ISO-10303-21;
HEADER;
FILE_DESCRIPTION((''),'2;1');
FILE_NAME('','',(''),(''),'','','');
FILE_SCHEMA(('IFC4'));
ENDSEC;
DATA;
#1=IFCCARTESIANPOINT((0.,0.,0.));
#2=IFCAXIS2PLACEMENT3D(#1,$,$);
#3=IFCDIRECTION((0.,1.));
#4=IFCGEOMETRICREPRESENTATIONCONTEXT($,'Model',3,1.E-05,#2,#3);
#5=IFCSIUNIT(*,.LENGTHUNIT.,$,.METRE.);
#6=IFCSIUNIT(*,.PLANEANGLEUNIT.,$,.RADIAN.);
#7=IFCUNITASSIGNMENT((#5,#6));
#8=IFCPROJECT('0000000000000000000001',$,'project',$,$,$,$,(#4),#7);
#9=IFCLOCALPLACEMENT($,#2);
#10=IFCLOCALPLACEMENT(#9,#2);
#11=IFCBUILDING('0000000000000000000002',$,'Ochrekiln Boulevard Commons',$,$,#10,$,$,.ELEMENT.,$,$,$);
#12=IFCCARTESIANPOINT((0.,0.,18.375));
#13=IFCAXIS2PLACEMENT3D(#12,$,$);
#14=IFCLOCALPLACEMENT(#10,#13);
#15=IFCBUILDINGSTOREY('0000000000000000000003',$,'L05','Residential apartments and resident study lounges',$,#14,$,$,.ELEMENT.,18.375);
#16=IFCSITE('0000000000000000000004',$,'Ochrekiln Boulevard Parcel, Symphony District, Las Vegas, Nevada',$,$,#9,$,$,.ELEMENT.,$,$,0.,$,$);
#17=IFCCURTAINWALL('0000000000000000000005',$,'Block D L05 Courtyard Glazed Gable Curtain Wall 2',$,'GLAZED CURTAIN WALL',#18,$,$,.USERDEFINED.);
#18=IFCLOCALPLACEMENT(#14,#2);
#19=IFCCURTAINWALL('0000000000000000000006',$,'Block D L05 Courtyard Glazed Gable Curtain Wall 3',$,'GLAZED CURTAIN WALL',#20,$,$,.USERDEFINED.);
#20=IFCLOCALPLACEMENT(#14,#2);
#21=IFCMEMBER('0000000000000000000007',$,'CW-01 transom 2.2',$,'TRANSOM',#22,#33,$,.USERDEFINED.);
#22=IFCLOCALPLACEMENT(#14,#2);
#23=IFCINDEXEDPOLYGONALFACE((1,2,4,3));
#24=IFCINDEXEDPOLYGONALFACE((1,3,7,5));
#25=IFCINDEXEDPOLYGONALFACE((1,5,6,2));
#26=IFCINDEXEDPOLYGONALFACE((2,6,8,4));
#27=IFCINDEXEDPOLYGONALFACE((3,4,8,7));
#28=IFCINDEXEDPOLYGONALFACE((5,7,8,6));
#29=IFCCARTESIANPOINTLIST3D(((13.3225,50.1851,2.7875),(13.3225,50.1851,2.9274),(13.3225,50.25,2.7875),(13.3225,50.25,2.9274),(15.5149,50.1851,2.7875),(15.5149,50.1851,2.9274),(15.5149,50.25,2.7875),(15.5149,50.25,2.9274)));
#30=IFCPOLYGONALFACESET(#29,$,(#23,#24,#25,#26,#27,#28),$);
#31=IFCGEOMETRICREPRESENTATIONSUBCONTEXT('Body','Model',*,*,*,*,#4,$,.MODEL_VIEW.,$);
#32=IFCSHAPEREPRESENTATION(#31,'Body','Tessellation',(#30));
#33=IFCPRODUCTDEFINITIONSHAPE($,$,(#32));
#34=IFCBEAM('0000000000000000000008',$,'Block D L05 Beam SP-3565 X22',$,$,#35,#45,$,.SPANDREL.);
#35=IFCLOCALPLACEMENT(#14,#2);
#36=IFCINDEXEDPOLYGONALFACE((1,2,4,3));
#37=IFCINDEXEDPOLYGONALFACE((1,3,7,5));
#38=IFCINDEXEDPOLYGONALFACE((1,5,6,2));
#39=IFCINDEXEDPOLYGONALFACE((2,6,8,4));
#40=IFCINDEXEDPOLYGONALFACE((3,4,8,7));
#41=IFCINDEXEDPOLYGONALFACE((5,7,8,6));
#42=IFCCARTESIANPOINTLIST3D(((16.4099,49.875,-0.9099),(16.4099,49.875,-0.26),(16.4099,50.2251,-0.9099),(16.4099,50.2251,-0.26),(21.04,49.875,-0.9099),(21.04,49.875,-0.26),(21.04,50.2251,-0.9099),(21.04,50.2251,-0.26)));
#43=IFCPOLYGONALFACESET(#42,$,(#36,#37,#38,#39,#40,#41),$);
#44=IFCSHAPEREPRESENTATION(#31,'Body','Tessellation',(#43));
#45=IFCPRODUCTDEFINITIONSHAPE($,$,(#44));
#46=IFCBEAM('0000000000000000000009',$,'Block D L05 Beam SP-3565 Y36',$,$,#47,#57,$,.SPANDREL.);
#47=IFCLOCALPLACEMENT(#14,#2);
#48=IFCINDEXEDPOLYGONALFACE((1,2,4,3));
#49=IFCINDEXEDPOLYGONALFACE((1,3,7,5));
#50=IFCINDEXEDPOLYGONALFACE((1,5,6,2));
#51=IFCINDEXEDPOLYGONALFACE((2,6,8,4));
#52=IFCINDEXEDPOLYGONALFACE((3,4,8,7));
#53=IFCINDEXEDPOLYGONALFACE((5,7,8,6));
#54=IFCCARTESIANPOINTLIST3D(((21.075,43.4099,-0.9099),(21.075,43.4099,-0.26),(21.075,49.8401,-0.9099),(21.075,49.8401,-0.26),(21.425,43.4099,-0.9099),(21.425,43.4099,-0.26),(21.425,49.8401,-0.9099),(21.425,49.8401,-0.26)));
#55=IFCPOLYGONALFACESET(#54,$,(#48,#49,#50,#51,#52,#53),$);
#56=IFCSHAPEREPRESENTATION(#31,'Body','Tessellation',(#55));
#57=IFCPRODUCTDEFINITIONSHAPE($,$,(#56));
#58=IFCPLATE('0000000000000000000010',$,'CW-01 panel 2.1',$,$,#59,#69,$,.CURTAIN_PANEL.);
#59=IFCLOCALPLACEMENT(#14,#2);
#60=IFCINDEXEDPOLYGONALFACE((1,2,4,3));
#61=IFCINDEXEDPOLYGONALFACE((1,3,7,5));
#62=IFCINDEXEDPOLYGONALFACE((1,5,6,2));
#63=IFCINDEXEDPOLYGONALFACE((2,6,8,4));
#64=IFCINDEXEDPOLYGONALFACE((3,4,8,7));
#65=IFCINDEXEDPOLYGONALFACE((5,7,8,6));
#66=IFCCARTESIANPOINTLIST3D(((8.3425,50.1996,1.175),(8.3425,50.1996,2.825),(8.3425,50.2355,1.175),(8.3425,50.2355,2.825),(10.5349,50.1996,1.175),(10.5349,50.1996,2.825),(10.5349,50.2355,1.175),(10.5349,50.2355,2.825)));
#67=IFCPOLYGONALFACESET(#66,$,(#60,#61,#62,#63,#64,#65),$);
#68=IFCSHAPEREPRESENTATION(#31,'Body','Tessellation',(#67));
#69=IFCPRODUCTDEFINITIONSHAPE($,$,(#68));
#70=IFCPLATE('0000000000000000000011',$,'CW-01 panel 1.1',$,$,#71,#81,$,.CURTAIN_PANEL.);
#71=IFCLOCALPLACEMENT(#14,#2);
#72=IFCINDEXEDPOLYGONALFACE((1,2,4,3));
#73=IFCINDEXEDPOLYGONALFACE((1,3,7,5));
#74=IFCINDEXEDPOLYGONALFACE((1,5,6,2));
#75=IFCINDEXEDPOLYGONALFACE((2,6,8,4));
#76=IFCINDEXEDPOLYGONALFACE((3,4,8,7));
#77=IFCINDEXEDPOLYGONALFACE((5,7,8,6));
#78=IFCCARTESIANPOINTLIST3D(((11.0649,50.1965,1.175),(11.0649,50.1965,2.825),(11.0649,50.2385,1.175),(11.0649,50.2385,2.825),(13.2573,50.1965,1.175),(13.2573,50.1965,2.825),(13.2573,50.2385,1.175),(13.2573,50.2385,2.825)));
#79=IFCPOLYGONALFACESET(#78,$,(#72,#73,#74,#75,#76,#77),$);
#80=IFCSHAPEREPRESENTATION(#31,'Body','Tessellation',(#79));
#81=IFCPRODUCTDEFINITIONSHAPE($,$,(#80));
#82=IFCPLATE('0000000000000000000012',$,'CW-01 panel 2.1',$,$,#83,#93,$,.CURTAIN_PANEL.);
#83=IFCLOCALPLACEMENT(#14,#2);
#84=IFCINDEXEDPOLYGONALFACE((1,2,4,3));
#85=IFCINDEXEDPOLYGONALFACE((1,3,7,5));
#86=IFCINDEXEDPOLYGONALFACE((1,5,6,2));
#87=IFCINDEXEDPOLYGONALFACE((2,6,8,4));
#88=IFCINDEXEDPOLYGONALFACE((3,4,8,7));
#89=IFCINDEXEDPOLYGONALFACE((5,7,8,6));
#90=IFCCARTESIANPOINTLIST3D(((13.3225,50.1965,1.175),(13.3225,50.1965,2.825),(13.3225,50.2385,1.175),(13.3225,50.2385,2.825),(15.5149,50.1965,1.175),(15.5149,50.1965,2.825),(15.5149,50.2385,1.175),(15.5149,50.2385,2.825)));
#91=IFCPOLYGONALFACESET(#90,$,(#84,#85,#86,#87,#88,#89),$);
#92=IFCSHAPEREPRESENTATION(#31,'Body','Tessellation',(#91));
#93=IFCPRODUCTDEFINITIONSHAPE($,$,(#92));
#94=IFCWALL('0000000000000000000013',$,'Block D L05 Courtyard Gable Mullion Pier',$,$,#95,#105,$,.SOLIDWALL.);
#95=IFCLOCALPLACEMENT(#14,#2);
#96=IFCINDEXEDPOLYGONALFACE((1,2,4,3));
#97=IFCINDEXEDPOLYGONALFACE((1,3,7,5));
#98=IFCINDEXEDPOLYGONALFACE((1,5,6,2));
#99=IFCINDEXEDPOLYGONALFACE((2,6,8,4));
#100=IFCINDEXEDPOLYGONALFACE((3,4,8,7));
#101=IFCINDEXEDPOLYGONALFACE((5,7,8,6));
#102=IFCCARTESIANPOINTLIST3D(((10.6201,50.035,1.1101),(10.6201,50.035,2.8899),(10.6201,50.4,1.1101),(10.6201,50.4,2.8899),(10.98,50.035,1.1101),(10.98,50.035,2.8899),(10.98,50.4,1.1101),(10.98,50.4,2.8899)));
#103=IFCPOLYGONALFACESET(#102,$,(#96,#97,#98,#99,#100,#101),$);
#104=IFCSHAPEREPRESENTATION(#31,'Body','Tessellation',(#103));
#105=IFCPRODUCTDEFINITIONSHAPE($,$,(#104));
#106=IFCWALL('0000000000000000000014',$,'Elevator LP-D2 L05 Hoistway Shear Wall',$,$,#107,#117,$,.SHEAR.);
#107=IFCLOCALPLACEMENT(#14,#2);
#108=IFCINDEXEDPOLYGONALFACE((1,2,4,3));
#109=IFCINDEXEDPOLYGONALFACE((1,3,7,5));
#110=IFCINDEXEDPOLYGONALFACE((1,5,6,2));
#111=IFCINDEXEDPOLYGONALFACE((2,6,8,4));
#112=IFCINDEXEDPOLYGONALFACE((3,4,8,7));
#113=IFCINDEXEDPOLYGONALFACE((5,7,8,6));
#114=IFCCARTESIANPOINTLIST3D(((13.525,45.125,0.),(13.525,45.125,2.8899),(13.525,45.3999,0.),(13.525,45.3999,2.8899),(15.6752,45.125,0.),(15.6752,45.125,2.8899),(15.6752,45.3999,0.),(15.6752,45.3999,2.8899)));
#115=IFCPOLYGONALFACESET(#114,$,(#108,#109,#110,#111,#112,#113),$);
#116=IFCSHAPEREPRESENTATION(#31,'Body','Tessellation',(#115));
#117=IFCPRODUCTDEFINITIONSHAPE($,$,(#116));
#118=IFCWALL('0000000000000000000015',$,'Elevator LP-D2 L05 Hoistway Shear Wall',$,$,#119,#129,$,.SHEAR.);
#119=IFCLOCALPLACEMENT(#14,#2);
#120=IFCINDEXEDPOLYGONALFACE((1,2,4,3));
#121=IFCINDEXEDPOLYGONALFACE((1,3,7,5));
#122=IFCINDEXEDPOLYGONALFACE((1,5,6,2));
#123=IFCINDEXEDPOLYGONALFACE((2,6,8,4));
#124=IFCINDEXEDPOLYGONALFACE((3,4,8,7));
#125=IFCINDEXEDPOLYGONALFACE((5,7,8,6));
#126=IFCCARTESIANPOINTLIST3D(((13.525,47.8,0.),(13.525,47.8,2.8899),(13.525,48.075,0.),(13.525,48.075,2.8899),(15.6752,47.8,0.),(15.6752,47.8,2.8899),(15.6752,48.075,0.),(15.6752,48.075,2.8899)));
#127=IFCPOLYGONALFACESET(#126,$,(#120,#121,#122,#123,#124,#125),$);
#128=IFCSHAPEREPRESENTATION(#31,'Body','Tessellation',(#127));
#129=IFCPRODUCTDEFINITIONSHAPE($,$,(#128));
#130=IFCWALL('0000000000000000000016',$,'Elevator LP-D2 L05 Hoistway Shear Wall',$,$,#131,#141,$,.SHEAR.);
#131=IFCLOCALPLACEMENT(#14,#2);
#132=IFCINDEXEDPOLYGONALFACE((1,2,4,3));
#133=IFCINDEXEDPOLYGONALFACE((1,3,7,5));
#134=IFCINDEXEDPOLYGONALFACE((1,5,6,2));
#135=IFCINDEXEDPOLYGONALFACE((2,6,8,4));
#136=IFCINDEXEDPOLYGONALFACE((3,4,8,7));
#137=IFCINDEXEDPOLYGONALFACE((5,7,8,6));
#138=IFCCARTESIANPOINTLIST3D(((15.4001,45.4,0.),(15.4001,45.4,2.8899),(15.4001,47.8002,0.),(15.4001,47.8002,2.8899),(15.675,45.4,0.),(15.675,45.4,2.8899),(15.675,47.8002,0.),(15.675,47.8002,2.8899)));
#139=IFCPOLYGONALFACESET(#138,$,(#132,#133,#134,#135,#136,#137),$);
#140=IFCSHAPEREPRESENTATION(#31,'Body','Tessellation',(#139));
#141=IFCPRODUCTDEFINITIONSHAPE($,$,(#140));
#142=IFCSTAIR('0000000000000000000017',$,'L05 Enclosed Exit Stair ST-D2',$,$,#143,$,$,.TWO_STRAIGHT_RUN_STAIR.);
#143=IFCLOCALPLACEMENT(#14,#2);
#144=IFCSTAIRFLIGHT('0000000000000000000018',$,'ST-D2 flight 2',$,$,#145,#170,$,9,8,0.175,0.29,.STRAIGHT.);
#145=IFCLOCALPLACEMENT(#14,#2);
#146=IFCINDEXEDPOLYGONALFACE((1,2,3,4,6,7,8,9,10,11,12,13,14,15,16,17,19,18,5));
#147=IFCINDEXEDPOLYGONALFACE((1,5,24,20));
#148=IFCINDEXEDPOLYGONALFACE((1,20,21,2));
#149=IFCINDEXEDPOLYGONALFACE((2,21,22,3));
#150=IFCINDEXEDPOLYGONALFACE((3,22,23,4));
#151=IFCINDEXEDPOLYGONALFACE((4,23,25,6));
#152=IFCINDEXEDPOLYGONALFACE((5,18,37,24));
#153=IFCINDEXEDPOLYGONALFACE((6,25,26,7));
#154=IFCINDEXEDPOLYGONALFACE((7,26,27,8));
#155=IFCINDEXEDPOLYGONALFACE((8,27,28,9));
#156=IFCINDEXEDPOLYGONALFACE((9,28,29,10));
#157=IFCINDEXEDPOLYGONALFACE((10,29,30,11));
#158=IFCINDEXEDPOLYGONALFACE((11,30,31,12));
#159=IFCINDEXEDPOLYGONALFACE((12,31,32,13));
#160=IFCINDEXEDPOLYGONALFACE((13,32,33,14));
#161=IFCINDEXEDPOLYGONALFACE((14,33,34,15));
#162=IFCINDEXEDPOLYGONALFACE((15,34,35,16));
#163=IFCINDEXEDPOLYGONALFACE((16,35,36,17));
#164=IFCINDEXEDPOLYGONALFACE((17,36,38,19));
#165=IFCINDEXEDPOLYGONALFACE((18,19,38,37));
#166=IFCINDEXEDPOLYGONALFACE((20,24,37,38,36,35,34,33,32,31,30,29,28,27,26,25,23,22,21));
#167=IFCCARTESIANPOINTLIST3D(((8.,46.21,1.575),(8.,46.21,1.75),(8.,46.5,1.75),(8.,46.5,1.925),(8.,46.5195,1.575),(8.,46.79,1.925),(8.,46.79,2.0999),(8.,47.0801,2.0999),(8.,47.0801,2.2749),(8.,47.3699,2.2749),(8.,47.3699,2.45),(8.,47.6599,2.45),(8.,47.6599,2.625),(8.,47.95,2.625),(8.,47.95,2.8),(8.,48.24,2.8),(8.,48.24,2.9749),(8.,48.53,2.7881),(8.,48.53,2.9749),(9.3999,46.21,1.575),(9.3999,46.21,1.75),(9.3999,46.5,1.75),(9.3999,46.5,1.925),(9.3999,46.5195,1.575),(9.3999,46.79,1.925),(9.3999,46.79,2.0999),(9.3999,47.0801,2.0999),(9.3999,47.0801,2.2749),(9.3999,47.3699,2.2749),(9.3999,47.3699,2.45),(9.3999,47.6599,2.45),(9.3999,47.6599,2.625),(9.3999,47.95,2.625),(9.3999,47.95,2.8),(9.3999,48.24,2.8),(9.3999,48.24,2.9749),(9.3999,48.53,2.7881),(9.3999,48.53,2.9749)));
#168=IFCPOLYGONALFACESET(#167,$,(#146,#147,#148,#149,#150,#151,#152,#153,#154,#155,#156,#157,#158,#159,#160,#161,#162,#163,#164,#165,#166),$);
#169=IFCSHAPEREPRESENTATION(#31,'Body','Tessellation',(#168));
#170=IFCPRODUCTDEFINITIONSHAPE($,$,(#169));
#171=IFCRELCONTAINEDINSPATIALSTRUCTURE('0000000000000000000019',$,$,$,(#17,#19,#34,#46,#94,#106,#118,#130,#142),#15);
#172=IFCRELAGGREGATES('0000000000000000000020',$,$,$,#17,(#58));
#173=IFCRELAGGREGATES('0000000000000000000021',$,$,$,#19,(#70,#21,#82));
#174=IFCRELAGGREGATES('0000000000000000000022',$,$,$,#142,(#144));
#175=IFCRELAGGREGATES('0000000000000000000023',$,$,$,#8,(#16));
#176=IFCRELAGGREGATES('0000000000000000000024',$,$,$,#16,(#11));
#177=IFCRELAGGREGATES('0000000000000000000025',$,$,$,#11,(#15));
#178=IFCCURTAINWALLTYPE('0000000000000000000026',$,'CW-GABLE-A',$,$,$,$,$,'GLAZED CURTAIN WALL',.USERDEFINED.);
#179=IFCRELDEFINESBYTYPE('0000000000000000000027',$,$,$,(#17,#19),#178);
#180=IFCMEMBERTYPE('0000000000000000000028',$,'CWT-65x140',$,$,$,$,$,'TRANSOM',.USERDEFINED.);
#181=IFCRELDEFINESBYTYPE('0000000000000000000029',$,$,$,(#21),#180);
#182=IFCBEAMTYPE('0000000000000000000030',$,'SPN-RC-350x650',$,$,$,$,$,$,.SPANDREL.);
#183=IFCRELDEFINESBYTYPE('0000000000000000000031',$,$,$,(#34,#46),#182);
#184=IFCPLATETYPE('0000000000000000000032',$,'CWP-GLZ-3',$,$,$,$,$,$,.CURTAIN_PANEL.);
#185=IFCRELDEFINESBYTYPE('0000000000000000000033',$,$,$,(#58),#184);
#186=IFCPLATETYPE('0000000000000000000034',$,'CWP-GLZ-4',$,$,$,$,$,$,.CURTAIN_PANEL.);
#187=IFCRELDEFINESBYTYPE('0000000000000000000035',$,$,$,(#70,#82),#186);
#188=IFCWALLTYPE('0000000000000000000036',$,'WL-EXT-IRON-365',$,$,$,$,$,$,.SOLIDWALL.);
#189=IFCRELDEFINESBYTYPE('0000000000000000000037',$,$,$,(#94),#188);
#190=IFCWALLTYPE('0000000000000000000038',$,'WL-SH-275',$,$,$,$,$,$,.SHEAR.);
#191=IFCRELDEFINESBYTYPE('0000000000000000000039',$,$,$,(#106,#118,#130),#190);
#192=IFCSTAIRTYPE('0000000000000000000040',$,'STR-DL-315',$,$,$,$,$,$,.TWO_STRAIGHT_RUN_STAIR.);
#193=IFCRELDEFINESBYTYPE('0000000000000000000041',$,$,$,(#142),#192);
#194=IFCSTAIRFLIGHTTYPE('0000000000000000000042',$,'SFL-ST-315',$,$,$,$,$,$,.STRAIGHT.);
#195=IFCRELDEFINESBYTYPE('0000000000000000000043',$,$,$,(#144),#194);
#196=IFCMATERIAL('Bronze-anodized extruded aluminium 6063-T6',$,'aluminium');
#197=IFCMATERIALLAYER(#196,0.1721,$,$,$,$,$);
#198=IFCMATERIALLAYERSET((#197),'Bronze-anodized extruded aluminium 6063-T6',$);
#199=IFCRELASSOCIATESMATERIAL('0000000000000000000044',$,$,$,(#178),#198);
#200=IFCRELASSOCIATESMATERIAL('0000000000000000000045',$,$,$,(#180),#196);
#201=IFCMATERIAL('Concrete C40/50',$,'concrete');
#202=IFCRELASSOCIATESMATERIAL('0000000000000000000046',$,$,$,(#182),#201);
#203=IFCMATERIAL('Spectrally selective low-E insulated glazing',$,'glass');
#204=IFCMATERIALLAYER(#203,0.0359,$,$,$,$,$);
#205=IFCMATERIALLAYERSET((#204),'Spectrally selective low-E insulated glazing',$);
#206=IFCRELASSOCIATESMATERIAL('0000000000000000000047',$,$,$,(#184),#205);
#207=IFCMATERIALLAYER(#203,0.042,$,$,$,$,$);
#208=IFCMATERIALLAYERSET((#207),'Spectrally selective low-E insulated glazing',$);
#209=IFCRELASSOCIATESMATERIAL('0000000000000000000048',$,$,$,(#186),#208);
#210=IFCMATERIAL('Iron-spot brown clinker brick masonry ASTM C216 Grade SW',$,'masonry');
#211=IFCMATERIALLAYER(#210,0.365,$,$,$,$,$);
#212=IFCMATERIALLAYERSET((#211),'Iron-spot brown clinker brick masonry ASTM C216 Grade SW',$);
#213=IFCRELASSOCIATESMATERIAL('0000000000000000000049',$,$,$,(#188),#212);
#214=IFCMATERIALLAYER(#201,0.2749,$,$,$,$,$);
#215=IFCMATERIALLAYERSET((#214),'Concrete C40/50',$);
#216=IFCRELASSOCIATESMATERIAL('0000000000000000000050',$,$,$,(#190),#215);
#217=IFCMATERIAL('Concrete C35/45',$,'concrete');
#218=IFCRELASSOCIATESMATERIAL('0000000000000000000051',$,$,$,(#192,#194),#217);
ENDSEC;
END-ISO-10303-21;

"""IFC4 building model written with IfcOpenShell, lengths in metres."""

from ifc_helpers import new_model, si_unit, direction, frame, frame_2d, origin, origin_2d, place, context, subcontext, project, spatial, polyline, rectangle, outline, extrude, material, layer, layer_set, material_profile, profile_set, type_object, element, aggregate, save


model = new_model("IFC4")

# Units and contexts
model_context = context("Model", 3, precision=1e-05, world=origin(), true_north=direction((0.0, 1.0)))
body_context = subcontext(model_context, "Body", "Model", "MODEL_VIEW")
ifc_project = project(units=[si_unit("LENGTHUNIT", "METRE"), si_unit("PLANEANGLEUNIT", "RADIAN")], contexts=[model_context])

# Site, building, storey
site_placement = place(None, origin())
site = spatial("IfcSite", under=ifc_project, at=site_placement, Name="Ochrekiln Boulevard Parcel, Symphony District, Las Vegas, Nevada", CompositionType="ELEMENT", RefElevation=0.0)
building_placement = place(site_placement, origin())
building = spatial("IfcBuilding", under=site, at=building_placement, Name="Ochrekiln Boulevard Commons", CompositionType="ELEMENT")
storey_placement = place(building_placement, frame((0.0, 0.0, 18.375)))
storey = spatial("IfcBuildingStorey", under=building, at=storey_placement, Name="L05", Description="Residential apartments and resident study lounges", CompositionType="ELEMENT", Elevation=18.375)

# Shared definitions
ifc_material_1 = material(Name="Concrete C40/50", Category="concrete")

# Shared definitions
ifc_material_2 = material(Name="Concrete C35/45", Category="concrete")

# Curtain walls
ifc_material_3 = material(Name="Bronze-anodized extruded aluminium 6063-T6", Category="aluminium")
ifc_layer_1 = layer(ifc_material_3, 0.1721)
ifc_layer_set_1 = layer_set([ifc_layer_1], Name="Bronze-anodized extruded aluminium 6063-T6")
curtain_wall_type = type_object("IfcCurtainWallType", Name="CW-GABLE-A", ElementType="GLAZED CURTAIN WALL", PredefinedType="USERDEFINED", material=ifc_layer_set_1)
curtain_wall_1_placement = place(storey_placement, origin())
curtain_wall_1 = element("IfcCurtainWall", 1, at=curtain_wall_1_placement, inside=storey, type_object=curtain_wall_type, Name="Block D L05 Courtyard Glazed Gable Curtain Wall 2", ObjectType="GLAZED CURTAIN WALL", PredefinedType="USERDEFINED")
curtain_wall_2_placement = place(storey_placement, origin())
curtain_wall_2 = element("IfcCurtainWall", 2, at=curtain_wall_2_placement, inside=storey, type_object=curtain_wall_type, Name="Block D L05 Courtyard Glazed Gable Curtain Wall 3", ObjectType="GLAZED CURTAIN WALL", PredefinedType="USERDEFINED")

# Member
ifc_material_profile_1 = material_profile(ifc_material_3, rectangle(XDim=0.0649, YDim=0.1399, at=origin_2d()), Name="ALU-TRN-65x140")
ifc_profile_set_1 = profile_set([ifc_material_profile_1], Name="Bronze-anodized extruded aluminium 6063-T6")
member_type_1 = type_object("IfcMemberType", Name="CWT-65x140", ElementType="TRANSOM", PredefinedType="USERDEFINED", material=ifc_profile_set_1)
member_1_placement = place(storey_placement, frame((13.3225, 50.2175, 2.8574), z_axis=(1.0, 0.0, 0.0), x_axis=(0.0, 1.0, 0.0)))
member_1 = element("IfcMember", 3, at=member_1_placement, type_object=member_type_1, Name="CW-01 transom 2.2", ObjectType="TRANSOM", PredefinedType="USERDEFINED", context=body_context, shape_type="SweptSolid", body=[
    extrude(rectangle(XDim=0.0649, YDim=0.1399, at=origin_2d()), origin(), (0.0, 0.0, 1.0), 2.1924),
])

# Beams
ifc_material_profile_2 = material_profile(ifc_material_1, rectangle(XDim=0.3501, YDim=0.6499, at=origin_2d()), Name="RC-SPN-350x650")
ifc_profile_set_2 = profile_set([ifc_material_profile_2], Name="Concrete C40/50")
beam_type_1 = type_object("IfcBeamType", Name="SPN-RC-350x650", PredefinedType="SPANDREL", material=ifc_profile_set_2)
beam_1_placement = place(storey_placement, frame((16.4099, 50.05, -0.585), z_axis=(1.0, 0.0, 0.0), x_axis=(0.0, 1.0, 0.0)))
element("IfcBeam", 4, at=beam_1_placement, inside=storey, type_object=beam_type_1, Name="Block D L05 Beam SP-3565 X22", PredefinedType="SPANDREL", context=body_context, shape_type="SweptSolid", body=[
    extrude(rectangle(XDim=0.3501, YDim=0.6499, at=origin_2d()), origin(), (0.0, 0.0, 1.0), 4.6301),
])
beam_2_placement = place(storey_placement, frame((21.25, 43.4099, -0.585), z_axis=(0.0, 1.0, 0.0), x_axis=(-1.0, 0.0, 0.0)))
element("IfcBeam", 5, at=beam_2_placement, inside=storey, type_object=beam_type_1, Name="Block D L05 Beam SP-3565 Y36", PredefinedType="SPANDREL", context=body_context, shape_type="SweptSolid", body=[
    extrude(rectangle(XDim=0.3501, YDim=0.6499, at=origin_2d()), origin(), (0.0, 0.0, 1.0), 6.4302),
])

# Plates
ifc_material_4 = material(Name="Spectrally selective low-E insulated glazing", Category="glass")
ifc_layer_2 = layer(ifc_material_4, 0.0359)
ifc_layer_set_2 = layer_set([ifc_layer_2], Name="Spectrally selective low-E insulated glazing")
plate_type_1 = type_object("IfcPlateType", Name="CWP-GLZ-3", PredefinedType="CURTAIN_PANEL", material=ifc_layer_set_2)
plate_1_placement = place(storey_placement, frame((9.4387, 50.2175, 1.175), z_axis=(0.0, 0.0, 1.0), x_axis=(1.0, 0.0, 0.0)))
plate_1 = element("IfcPlate", 6, at=plate_1_placement, type_object=plate_type_1, Name="CW-01 panel 2.1", PredefinedType="CURTAIN_PANEL", context=body_context, shape_type="SweptSolid", body=[
    extrude(rectangle(XDim=2.1924, YDim=0.0359, at=origin_2d()), origin(), (0.0, 0.0, 1.0), 1.6499),
])
aggregate(curtain_wall_1, [plate_1])
ifc_layer_3 = layer(ifc_material_4, 0.042)
ifc_layer_set_3 = layer_set([ifc_layer_3], Name="Spectrally selective low-E insulated glazing")
plate_type_2 = type_object("IfcPlateType", Name="CWP-GLZ-4", PredefinedType="CURTAIN_PANEL", material=ifc_layer_set_3)
plate_2_placement = place(storey_placement, frame((12.1611, 50.2175, 1.175), z_axis=(0.0, 0.0, 1.0), x_axis=(1.0, 0.0, 0.0)))
plate_2 = element("IfcPlate", 7, at=plate_2_placement, type_object=plate_type_2, Name="CW-01 panel 1.1", PredefinedType="CURTAIN_PANEL", context=body_context, shape_type="SweptSolid", body=[
    extrude(rectangle(XDim=2.1924, YDim=0.042, at=origin_2d()), origin(), (0.0, 0.0, 1.0), 1.6499),
])
plate_3_placement = place(storey_placement, frame((14.4187, 50.2175, 1.175), z_axis=(0.0, 0.0, 1.0), x_axis=(1.0, 0.0, 0.0)))
plate_3 = element("IfcPlate", 8, at=plate_3_placement, type_object=plate_type_2, Name="CW-01 panel 2.1", PredefinedType="CURTAIN_PANEL", context=body_context, shape_type="SweptSolid", body=[
    extrude(rectangle(XDim=2.1924, YDim=0.042, at=origin_2d()), origin(), (0.0, 0.0, 1.0), 1.6499),
])
aggregate(curtain_wall_2, [plate_2, member_1, plate_3])

# Wall
ifc_material_5 = material(Name="Iron-spot brown clinker brick masonry ASTM C216 Grade SW", Category="masonry")
ifc_layer_4 = layer(ifc_material_5, 0.365)
ifc_layer_set_4 = layer_set([ifc_layer_4], Name="Iron-spot brown clinker brick masonry ASTM C216 Grade SW")
wall_type_1 = type_object("IfcWallType", Name="WL-EXT-IRON-365", PredefinedType="SOLIDWALL", material=ifc_layer_set_4)
wall_1_placement = place(storey_placement, frame((10.6201, 50.2175, 1.1101), z_axis=(0.0, 0.0, 1.0), x_axis=(1.0, 0.0, 0.0)))
element("IfcWall", 9, at=wall_1_placement, inside=storey, type_object=wall_type_1, Name="Block D L05 Courtyard Gable Mullion Pier", PredefinedType="SOLIDWALL", context=body_context, shape_type="SweptSolid", body=[
    extrude(rectangle(XDim=0.3599, YDim=0.365, at=frame_2d((0.1799, 0.0))), origin(), (0.0, 0.0, 1.0), 1.7798),
])

# Walls
ifc_layer_5 = layer(ifc_material_1, 0.2749)
ifc_layer_set_5 = layer_set([ifc_layer_5], Name="Concrete C40/50")
wall_type_2 = type_object("IfcWallType", Name="WL-SH-275", PredefinedType="SHEAR", material=ifc_layer_set_5)
for number, where, z_axis, x_axis, name in (
    (10, (13.5249, 45.2625, 0.0), (0.0, 0.0, 1.0), (1.0, 0.0, 0.0), "Elevator LP-D2 L05 Hoistway Shear Wall"),
    (11, (13.5249, 47.9375, 0.0), (0.0, 0.0, 1.0), (1.0, 0.0, 0.0), "Elevator LP-D2 L05 Hoistway Shear Wall"),
):
    element("IfcWall", number, at=place(storey_placement, frame(where, z_axis=z_axis, x_axis=x_axis)), inside=storey, type_object=wall_type_2, Name=name, PredefinedType="SHEAR", context=body_context, shape_type="SweptSolid", body=[
        extrude(rectangle(XDim=2.1501, YDim=0.2749, at=frame_2d((1.0752, 0.0))), origin(), (0.0, 0.0, 1.0), 2.8899),
    ])

# Wall
wall_2_placement = place(storey_placement, frame((15.5376, 45.3999, 0.0), z_axis=(0.0, 0.0, 1.0), x_axis=(0.0, 1.0, 0.0)))
element("IfcWall", 12, at=wall_2_placement, inside=storey, type_object=wall_type_2, Name="Elevator LP-D2 L05 Hoistway Shear Wall", PredefinedType="SHEAR", context=body_context, shape_type="SweptSolid", body=[
    extrude(rectangle(XDim=2.4001, YDim=0.2749, at=frame_2d((1.2002, 0.0))), origin(), (0.0, 0.0, 1.0), 2.8899),
])

# Stair, stair flight
stair_type = type_object("IfcStairType", Name="STR-DL-315", PredefinedType="TWO_STRAIGHT_RUN_STAIR", material=ifc_material_2)
stair_placement = place(storey_placement, origin())
stair = element("IfcStair", 13, at=stair_placement, inside=storey, type_object=stair_type, Name="L05 Enclosed Exit Stair ST-D2", PredefinedType="TWO_STRAIGHT_RUN_STAIR")
stair_flight_type = type_object("IfcStairFlightType", Name="SFL-ST-315", PredefinedType="STRAIGHT", material=ifc_material_2)
stair_flight_placement = place(storey_placement, frame((8.7, 46.21, 1.575), z_axis=(0.0, 0.0, 1.0), x_axis=(0.0, 1.0, 0.0)))
stair_flight = element("IfcStairFlight", 14, at=stair_flight_placement, type_object=stair_flight_type, Name="ST-D2 flight 2", NumberOfRisers=9, NumberOfTreads=8, PredefinedType="STRAIGHT", RiserHeight=0.175, TreadLength=0.29, context=body_context, shape_type="SweptSolid", body=[
    extrude(outline(polyline([(0.0, 0.0), (0.0, 0.175), (0.29, 0.175), (0.29, 0.3501), (0.5801, 0.3501), (0.5801, 0.5249), (0.8701, 0.5249), (0.8701, 0.7), (1.1599, 0.7), (1.1599, 0.875), (1.45, 0.875), (1.45, 1.05), (1.74, 1.05), (1.74, 1.2251), (2.03, 1.2251), (2.03, 1.3999), (2.3201, 1.3999), (2.3201, 1.575), (2.3201, 1.2131), (0.3096, 0.0), (0.0, 0.0)])), frame((0.0, 0.7, 0.0), z_axis=(0.0, -1.0, 0.0), x_axis=(1.0, 0.0, 0.0)), (0.0, 0.0, 1.0), 1.3999),
])
aggregate(stair, [stair_flight])

save(model, "model.ifc")
